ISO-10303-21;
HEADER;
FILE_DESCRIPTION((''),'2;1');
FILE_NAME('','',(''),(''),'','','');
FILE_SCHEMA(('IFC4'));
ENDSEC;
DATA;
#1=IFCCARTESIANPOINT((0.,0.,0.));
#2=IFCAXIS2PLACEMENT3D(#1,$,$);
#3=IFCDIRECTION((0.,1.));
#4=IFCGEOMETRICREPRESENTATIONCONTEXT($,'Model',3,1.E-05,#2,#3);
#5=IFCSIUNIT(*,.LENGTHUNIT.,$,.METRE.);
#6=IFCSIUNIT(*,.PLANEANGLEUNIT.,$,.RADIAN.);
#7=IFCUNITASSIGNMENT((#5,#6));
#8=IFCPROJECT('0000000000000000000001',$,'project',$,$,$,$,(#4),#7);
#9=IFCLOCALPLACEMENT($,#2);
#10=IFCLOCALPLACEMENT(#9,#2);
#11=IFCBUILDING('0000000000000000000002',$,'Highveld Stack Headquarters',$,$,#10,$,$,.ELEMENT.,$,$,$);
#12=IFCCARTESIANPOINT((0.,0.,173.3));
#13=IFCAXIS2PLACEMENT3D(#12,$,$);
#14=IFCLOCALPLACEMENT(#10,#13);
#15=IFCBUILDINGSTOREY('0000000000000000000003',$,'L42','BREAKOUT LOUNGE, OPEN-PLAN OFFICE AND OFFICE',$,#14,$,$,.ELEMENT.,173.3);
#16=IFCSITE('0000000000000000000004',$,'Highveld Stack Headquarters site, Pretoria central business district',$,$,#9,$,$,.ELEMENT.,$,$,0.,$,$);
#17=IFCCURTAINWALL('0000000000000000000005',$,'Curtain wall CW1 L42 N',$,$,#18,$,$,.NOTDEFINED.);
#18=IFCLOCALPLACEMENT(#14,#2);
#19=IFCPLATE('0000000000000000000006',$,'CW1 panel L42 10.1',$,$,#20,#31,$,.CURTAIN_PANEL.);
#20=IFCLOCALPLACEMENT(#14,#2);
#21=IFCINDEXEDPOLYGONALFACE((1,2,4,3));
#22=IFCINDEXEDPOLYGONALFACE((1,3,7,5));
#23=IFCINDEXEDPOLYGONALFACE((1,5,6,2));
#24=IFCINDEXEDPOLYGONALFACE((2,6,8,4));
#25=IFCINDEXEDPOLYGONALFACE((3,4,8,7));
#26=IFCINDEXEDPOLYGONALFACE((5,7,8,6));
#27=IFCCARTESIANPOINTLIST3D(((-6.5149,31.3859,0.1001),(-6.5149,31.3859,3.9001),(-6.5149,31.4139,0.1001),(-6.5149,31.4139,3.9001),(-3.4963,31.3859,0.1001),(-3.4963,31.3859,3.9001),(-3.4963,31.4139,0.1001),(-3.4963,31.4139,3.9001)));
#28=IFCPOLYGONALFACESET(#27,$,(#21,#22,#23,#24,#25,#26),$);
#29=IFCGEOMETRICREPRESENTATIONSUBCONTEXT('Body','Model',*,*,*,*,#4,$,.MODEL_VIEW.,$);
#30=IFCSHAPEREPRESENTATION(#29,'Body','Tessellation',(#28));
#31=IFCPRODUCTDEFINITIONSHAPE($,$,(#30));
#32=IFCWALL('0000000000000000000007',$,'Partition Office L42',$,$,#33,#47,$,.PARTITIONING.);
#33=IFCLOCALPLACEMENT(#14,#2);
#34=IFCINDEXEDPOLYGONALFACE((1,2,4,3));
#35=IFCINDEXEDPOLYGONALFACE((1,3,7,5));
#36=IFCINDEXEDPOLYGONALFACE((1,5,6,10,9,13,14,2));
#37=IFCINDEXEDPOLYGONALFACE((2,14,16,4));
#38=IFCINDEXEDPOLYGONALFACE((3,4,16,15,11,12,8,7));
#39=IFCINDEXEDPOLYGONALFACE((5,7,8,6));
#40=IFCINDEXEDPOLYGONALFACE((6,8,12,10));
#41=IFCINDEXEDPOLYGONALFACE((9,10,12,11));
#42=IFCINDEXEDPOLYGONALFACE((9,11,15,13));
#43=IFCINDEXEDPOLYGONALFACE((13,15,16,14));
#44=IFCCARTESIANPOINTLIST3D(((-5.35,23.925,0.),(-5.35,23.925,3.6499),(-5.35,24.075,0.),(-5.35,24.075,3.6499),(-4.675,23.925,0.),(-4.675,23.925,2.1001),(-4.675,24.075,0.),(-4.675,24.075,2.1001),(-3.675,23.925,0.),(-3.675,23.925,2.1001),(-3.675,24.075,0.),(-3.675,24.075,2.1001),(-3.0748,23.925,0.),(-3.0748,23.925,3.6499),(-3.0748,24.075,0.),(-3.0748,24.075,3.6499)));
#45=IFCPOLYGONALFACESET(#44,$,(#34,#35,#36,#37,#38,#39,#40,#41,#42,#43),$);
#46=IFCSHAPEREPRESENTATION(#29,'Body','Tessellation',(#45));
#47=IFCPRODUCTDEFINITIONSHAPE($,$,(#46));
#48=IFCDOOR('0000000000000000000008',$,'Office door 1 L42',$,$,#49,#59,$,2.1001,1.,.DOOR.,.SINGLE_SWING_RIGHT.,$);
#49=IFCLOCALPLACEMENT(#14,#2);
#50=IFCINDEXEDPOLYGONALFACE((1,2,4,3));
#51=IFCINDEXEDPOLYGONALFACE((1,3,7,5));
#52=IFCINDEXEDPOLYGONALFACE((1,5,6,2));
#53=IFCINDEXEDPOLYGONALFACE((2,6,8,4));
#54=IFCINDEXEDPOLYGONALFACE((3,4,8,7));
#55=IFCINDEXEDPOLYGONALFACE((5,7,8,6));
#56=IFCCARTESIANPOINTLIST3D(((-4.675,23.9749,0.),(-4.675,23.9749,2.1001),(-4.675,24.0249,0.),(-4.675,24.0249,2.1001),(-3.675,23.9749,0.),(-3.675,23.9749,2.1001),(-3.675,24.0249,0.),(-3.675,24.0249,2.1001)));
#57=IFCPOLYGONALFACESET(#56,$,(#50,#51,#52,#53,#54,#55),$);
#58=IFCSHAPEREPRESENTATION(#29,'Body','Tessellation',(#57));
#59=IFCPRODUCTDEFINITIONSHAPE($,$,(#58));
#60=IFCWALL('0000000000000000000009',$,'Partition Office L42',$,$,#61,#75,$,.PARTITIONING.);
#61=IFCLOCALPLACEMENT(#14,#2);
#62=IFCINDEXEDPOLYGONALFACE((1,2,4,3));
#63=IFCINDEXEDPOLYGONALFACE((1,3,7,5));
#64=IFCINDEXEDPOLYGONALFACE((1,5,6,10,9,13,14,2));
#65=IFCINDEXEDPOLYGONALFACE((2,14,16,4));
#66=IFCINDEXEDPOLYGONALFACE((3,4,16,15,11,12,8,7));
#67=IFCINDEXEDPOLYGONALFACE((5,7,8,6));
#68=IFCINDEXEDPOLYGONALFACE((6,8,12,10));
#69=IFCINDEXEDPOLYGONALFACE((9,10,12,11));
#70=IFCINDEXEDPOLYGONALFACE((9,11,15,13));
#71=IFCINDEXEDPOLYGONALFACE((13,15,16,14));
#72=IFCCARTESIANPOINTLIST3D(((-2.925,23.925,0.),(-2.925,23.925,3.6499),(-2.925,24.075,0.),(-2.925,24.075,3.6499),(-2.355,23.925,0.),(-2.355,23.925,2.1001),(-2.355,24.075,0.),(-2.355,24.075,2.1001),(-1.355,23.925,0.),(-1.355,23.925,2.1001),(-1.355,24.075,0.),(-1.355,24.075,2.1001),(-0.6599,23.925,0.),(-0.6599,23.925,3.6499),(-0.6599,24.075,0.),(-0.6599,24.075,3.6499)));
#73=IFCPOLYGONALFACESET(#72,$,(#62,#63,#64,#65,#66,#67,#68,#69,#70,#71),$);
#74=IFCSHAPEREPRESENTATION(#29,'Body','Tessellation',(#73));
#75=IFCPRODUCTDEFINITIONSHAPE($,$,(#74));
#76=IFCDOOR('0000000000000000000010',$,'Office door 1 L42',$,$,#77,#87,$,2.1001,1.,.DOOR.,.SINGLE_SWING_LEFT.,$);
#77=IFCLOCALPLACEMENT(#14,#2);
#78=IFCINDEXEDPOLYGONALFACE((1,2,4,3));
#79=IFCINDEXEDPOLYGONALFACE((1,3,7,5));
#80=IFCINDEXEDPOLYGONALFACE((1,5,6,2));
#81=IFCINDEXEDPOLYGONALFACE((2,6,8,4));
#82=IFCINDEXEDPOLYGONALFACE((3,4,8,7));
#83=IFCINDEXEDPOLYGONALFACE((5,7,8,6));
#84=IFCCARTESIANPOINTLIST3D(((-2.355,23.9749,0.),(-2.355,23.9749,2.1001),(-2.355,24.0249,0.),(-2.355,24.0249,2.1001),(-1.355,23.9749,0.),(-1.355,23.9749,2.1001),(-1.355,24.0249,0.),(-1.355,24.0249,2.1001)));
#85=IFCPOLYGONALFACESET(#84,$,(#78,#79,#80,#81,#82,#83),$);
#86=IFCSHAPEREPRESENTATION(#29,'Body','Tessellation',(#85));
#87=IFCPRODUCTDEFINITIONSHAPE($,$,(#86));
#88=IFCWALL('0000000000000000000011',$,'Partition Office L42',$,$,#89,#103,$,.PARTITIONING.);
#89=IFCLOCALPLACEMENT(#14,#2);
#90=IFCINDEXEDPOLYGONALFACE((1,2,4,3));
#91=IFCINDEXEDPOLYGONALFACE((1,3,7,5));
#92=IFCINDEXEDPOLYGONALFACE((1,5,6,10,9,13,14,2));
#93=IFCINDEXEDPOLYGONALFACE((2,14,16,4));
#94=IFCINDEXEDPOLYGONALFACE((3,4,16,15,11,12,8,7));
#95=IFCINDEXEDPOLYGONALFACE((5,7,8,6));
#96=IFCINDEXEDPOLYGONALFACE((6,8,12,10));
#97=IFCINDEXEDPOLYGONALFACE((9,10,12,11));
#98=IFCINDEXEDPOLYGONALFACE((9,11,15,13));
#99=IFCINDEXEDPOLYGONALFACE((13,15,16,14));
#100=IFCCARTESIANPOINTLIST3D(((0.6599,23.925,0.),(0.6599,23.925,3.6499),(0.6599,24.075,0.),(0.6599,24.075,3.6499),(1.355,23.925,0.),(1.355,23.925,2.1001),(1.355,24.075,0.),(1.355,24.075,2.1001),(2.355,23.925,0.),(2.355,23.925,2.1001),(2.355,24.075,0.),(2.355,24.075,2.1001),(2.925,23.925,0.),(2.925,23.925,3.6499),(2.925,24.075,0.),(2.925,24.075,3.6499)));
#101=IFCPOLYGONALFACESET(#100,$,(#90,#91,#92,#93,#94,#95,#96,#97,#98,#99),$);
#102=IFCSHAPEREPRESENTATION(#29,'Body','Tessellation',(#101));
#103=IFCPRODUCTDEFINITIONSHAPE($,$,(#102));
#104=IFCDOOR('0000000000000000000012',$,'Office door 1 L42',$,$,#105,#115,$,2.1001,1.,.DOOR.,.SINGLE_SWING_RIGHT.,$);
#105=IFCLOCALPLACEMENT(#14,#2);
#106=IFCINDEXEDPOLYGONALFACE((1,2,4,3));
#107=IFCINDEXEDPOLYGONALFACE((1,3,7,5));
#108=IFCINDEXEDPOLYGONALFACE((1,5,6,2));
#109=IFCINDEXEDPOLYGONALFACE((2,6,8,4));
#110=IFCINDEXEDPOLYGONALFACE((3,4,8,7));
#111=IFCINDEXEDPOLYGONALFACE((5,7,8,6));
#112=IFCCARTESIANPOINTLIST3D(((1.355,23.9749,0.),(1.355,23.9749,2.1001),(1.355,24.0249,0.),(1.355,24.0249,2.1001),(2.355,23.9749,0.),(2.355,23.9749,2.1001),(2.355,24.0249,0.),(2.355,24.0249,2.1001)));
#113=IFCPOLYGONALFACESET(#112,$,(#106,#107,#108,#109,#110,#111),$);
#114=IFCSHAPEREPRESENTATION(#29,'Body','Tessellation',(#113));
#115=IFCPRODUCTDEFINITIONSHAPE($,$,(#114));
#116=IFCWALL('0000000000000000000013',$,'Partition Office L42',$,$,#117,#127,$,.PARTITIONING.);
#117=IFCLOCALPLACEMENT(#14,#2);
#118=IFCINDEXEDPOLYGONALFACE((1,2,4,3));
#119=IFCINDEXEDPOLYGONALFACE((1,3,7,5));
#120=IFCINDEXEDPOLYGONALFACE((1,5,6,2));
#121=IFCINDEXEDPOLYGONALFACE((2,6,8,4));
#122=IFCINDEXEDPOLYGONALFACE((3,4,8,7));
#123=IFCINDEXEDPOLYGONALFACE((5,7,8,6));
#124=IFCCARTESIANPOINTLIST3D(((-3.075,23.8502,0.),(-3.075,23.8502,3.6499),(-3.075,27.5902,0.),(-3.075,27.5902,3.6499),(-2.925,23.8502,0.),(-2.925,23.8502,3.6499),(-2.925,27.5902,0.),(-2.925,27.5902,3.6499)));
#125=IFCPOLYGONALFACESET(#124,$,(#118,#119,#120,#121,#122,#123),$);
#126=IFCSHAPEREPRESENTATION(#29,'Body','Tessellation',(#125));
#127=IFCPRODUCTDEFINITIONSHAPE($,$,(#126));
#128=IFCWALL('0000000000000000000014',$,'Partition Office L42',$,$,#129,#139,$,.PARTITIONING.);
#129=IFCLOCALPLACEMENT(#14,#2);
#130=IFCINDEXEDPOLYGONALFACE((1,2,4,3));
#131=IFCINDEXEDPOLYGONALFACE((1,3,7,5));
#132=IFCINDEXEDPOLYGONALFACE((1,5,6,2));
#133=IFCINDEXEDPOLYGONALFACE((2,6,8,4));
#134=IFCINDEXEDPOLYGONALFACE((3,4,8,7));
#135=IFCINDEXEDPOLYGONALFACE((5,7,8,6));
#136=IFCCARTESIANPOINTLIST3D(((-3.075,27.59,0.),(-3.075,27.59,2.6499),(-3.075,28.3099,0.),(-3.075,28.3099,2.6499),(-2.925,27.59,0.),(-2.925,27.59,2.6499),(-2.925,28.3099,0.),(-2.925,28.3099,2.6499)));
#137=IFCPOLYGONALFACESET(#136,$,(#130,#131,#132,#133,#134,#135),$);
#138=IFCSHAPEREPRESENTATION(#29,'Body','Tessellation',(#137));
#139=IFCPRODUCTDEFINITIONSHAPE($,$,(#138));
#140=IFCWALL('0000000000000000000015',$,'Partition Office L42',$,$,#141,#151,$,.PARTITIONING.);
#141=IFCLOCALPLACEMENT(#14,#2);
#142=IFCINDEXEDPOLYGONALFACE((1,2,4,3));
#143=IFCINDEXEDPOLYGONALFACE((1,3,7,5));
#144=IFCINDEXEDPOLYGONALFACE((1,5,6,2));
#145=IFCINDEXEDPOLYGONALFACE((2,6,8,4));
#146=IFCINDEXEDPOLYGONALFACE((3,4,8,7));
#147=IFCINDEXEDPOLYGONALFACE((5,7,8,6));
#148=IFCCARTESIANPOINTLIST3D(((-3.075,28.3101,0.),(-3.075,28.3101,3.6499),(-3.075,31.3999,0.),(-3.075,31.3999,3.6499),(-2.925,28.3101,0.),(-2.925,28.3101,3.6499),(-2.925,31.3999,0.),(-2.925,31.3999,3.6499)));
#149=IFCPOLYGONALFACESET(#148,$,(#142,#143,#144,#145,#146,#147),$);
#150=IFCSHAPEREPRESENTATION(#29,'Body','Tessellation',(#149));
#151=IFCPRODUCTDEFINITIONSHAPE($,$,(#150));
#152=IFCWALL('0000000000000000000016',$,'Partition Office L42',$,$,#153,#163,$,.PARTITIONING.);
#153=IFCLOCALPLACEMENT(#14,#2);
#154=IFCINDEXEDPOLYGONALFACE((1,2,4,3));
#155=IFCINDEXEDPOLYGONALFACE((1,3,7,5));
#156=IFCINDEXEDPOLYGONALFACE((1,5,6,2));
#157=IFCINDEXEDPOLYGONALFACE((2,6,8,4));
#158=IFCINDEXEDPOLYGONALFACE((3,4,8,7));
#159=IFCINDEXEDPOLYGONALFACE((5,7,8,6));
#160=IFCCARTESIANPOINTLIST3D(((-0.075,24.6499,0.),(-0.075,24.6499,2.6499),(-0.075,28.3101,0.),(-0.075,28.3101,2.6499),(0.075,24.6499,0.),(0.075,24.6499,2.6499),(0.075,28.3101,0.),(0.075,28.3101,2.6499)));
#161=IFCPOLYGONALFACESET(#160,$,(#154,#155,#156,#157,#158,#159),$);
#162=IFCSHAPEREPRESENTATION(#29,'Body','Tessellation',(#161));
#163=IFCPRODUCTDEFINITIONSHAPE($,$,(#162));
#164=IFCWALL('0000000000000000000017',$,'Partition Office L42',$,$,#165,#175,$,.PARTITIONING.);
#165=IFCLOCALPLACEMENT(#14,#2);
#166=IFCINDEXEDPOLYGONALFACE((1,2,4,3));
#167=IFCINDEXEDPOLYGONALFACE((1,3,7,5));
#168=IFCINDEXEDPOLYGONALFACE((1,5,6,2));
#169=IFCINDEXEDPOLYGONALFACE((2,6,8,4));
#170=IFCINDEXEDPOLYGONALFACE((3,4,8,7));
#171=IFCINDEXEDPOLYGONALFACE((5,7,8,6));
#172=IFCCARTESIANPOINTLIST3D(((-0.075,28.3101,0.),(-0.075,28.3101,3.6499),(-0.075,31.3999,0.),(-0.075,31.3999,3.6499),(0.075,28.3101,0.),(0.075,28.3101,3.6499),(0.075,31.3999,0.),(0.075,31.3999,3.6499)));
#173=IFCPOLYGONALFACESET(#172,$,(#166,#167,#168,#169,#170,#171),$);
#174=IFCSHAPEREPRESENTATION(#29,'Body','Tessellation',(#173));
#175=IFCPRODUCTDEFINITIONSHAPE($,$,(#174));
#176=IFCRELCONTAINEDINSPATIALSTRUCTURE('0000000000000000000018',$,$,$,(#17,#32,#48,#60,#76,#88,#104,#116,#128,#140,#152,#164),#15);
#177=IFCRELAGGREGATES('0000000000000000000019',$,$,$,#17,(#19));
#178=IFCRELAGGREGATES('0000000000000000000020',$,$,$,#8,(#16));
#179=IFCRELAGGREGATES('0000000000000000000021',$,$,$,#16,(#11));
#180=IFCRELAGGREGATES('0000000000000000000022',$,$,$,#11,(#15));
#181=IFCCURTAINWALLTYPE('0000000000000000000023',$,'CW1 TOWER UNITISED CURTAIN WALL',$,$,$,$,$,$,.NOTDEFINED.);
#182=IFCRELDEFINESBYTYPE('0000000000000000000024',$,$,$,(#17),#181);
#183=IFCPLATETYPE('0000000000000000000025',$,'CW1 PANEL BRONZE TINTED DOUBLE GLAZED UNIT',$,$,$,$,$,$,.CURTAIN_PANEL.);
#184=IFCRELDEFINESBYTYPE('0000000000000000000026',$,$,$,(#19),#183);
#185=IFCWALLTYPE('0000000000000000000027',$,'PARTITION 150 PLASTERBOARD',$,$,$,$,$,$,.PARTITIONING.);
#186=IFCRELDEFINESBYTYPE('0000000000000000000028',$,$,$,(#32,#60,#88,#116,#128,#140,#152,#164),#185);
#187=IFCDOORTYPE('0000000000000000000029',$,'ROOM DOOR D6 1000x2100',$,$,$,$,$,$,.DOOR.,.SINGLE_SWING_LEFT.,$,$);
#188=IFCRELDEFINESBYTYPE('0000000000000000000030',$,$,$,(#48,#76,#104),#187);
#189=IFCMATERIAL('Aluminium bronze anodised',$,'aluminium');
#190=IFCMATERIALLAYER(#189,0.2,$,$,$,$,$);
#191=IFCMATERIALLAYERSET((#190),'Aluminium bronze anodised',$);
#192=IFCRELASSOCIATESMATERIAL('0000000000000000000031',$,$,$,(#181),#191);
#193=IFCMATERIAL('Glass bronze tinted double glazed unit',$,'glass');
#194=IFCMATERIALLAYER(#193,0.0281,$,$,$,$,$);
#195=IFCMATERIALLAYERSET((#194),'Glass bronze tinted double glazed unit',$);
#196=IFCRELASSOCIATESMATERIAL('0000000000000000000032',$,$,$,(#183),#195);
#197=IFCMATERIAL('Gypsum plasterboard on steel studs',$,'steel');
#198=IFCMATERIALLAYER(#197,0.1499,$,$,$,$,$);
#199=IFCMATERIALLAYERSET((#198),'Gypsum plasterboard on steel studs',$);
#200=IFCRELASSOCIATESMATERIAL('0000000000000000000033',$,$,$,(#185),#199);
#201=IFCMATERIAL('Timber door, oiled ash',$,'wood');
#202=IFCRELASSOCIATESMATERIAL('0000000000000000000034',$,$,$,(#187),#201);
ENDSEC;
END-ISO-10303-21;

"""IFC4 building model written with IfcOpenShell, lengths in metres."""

from ifc_helpers import new_model, si_unit, direction, frame, frame_2d, origin, origin_2d, place, context, subcontext, project, spatial, rectangle, extrude, material, layer, layer_set, type_object, element, fill, aggregate, save


model = new_model("IFC4")

# Units and contexts
model_context = context("Model", 3, precision=1e-05, world=origin(), true_north=direction((0.0, 1.0)))
body_context = subcontext(model_context, "Body", "Model", "MODEL_VIEW")
ifc_project = project(units=[si_unit("LENGTHUNIT", "METRE"), si_unit("PLANEANGLEUNIT", "RADIAN")], contexts=[model_context])

# Site, building, storey
site_placement = place(None, origin())
site = spatial("IfcSite", under=ifc_project, at=site_placement, Name="Highveld Stack Headquarters site, Pretoria central business district", CompositionType="ELEMENT", RefElevation=0.0)
building_placement = place(site_placement, origin())
building = spatial("IfcBuilding", under=site, at=building_placement, Name="Highveld Stack Headquarters", CompositionType="ELEMENT")
storey_placement = place(building_placement, frame((0.0, 0.0, 173.3)))
storey = spatial("IfcBuildingStorey", under=building, at=storey_placement, Name="L42", Description="BREAKOUT LOUNGE, OPEN-PLAN OFFICE AND OFFICE", CompositionType="ELEMENT", Elevation=173.3)

# Curtain wall
ifc_material_1 = material(Name="Aluminium bronze anodised", Category="aluminium")
ifc_layer_1 = layer(ifc_material_1, 0.2)
ifc_layer_set_1 = layer_set([ifc_layer_1], Name="Aluminium bronze anodised")
curtain_wall_type = type_object("IfcCurtainWallType", Name="CW1 TOWER UNITISED CURTAIN WALL", PredefinedType="NOTDEFINED", material=ifc_layer_set_1)
curtain_wall_placement = place(storey_placement, origin())
curtain_wall = element("IfcCurtainWall", 1, at=curtain_wall_placement, inside=storey, type_object=curtain_wall_type, Name="Curtain wall CW1 L42 N", PredefinedType="NOTDEFINED")

# Plate
ifc_material_2 = material(Name="Glass bronze tinted double glazed unit", Category="glass")
ifc_layer_2 = layer(ifc_material_2, 0.0281)
ifc_layer_set_2 = layer_set([ifc_layer_2], Name="Glass bronze tinted double glazed unit")
plate_type = type_object("IfcPlateType", Name="CW1 PANEL BRONZE TINTED DOUBLE GLAZED UNIT", PredefinedType="CURTAIN_PANEL", material=ifc_layer_set_2)
plate_1_placement = place(storey_placement, frame((-5.0056, 31.3999, 0.1001), z_axis=(0.0, 0.0, 1.0), x_axis=(-1.0, 0.0, 0.0)))
plate_1 = element("IfcPlate", 2, at=plate_1_placement, type_object=plate_type, Name="CW1 panel L42 10.1", PredefinedType="CURTAIN_PANEL", context=body_context, shape_type="SweptSolid", body=[
    extrude(rectangle(XDim=3.0186, YDim=0.0281, at=origin_2d()), origin(), (0.0, 0.0, 1.0), 3.8),
])
aggregate(curtain_wall, [plate_1])

# Walls, openings, doors
ifc_material_3 = material(Name="Gypsum plasterboard on steel studs", Category="steel")
ifc_layer_3 = layer(ifc_material_3, 0.1499)
ifc_layer_set_3 = layer_set([ifc_layer_3], Name="Gypsum plasterboard on steel studs")
wall_type = type_object("IfcWallType", Name="PARTITION 150 PLASTERBOARD", PredefinedType="PARTITIONING", material=ifc_layer_set_3)
wall_1_placement = place(storey_placement, frame((-5.3501, 24.0, 0.0), z_axis=(0.0, 0.0, 1.0), x_axis=(1.0, 0.0, 0.0)))
wall_1 = element("IfcWall", 3, at=wall_1_placement, inside=storey, type_object=wall_type, Name="Partition Office L42", PredefinedType="PARTITIONING", context=body_context, shape_type="SweptSolid", body=[
    extrude(rectangle(XDim=2.2751, YDim=0.1499, at=frame_2d((1.1377, 0.0))), origin(), (0.0, 0.0, 1.0), 3.6499),
])
opening_1_placement = place(wall_1_placement, frame((0.675, 0.0, 0.0)))
opening_1 = element("IfcOpeningElement", 4, at=opening_1_placement, cuts=wall_1, PredefinedType="OPENING", context=body_context, shape_type="SweptSolid", body=[
    extrude(rectangle(XDim=1.0, YDim=2.1001, at=frame_2d((0.5, 1.05))), frame((0.0, 0.085, 0.0), z_axis=(0.0, -1.0, 0.0), x_axis=(1.0, 0.0, 0.0)), (0.0, 0.0, 1.0), 0.1699),
])
ifc_material_4 = material(Name="Timber door, oiled ash", Category="wood")
door_type = type_object("IfcDoorType", Name="ROOM DOOR D6 1000x2100", OperationType="SINGLE_SWING_LEFT", PredefinedType="DOOR", material=ifc_material_4)
door_1_placement = place(opening_1_placement, origin())
door_1 = element("IfcDoor", 5, at=door_1_placement, inside=storey, type_object=door_type, Name="Office door 1 L42", OperationType="SINGLE_SWING_RIGHT", OverallHeight=2.1001, OverallWidth=1.0, PredefinedType="DOOR", context=body_context, shape_type="SweptSolid", body=[
    extrude(rectangle(XDim=1.0, YDim=2.1001, at=frame_2d((0.5, 1.05))), frame((0.0, 0.0249, 0.0), z_axis=(0.0, -1.0, 0.0), x_axis=(1.0, 0.0, 0.0)), (0.0, 0.0, 1.0), 0.05),
])
fill(opening_1, door_1)
wall_2_placement = place(storey_placement, frame((-2.925, 24.0, 0.0), z_axis=(0.0, 0.0, 1.0), x_axis=(1.0, 0.0, 0.0)))
wall_2 = element("IfcWall", 6, at=wall_2_placement, inside=storey, type_object=wall_type, Name="Partition Office L42", PredefinedType="PARTITIONING", context=body_context, shape_type="SweptSolid", body=[
    extrude(rectangle(XDim=2.2651, YDim=0.1499, at=frame_2d((1.1326, 0.0))), origin(), (0.0, 0.0, 1.0), 3.6499),
])
opening_2_placement = place(wall_2_placement, frame((0.5701, 0.0, 0.0)))
opening_2 = element("IfcOpeningElement", 7, at=opening_2_placement, cuts=wall_2, PredefinedType="OPENING", context=body_context, shape_type="SweptSolid", body=[
    extrude(rectangle(XDim=1.0, YDim=2.1001, at=frame_2d((0.5, 1.05))), frame((0.0, 0.085, 0.0), z_axis=(0.0, -1.0, 0.0), x_axis=(1.0, 0.0, 0.0)), (0.0, 0.0, 1.0), 0.1699),
])
door_2_placement = place(opening_2_placement, origin())
door_2 = element("IfcDoor", 8, at=door_2_placement, inside=storey, type_object=door_type, Name="Office door 1 L42", OperationType="SINGLE_SWING_LEFT", OverallHeight=2.1001, OverallWidth=1.0, PredefinedType="DOOR", context=body_context, shape_type="SweptSolid", body=[
    extrude(rectangle(XDim=1.0, YDim=2.1001, at=frame_2d((0.5, 1.05))), frame((0.0, 0.0249, 0.0), z_axis=(0.0, -1.0, 0.0), x_axis=(1.0, 0.0, 0.0)), (0.0, 0.0, 1.0), 0.05),
])
fill(opening_2, door_2)
wall_3_placement = place(storey_placement, frame((0.6599, 24.0, 0.0), z_axis=(0.0, 0.0, 1.0), x_axis=(1.0, 0.0, 0.0)))
wall_3 = element("IfcWall", 9, at=wall_3_placement, inside=storey, type_object=wall_type, Name="Partition Office L42", PredefinedType="PARTITIONING", context=body_context, shape_type="SweptSolid", body=[
    extrude(rectangle(XDim=2.2651, YDim=0.1499, at=frame_2d((1.1326, 0.0))), origin(), (0.0, 0.0, 1.0), 3.6499),
])
opening_3_placement = place(wall_3_placement, frame((0.6951, 0.0, 0.0)))
opening_3 = element("IfcOpeningElement", 10, at=opening_3_placement, cuts=wall_3, PredefinedType="OPENING", context=body_context, shape_type="SweptSolid", body=[
    extrude(rectangle(XDim=1.0, YDim=2.1001, at=frame_2d((0.5, 1.05))), frame((0.0, 0.085, 0.0), z_axis=(0.0, -1.0, 0.0), x_axis=(1.0, 0.0, 0.0)), (0.0, 0.0, 1.0), 0.1699),
])
door_3_placement = place(opening_3_placement, origin())
door_3 = element("IfcDoor", 11, at=door_3_placement, inside=storey, type_object=door_type, Name="Office door 1 L42", OperationType="SINGLE_SWING_RIGHT", OverallHeight=2.1001, OverallWidth=1.0, PredefinedType="DOOR", context=body_context, shape_type="SweptSolid", body=[
    extrude(rectangle(XDim=1.0, YDim=2.1001, at=frame_2d((0.5, 1.05))), frame((0.0, 0.0249, 0.0), z_axis=(0.0, -1.0, 0.0), x_axis=(1.0, 0.0, 0.0)), (0.0, 0.0, 1.0), 0.05),
])
fill(opening_3, door_3)

# Walls
wall_4_placement = place(storey_placement, frame((-3.0, 23.8501, 0.0), z_axis=(0.0, 0.0, 1.0), x_axis=(0.0, 1.0, 0.0)))
element("IfcWall", 12, at=wall_4_placement, inside=storey, type_object=wall_type, Name="Partition Office L42", PredefinedType="PARTITIONING", context=body_context, shape_type="SweptSolid", body=[
    extrude(rectangle(XDim=3.74, YDim=0.1499, at=frame_2d((1.8701, 0.0))), origin(), (0.0, 0.0, 1.0), 3.6499),
])
wall_5_placement = place(storey_placement, frame((-3.0, 27.5901, 0.0), z_axis=(0.0, 0.0, 1.0), x_axis=(0.0, 1.0, 0.0)))
element("IfcWall", 13, at=wall_5_placement, inside=storey, type_object=wall_type, Name="Partition Office L42", PredefinedType="PARTITIONING", context=body_context, shape_type="SweptSolid", body=[
    extrude(rectangle(XDim=0.72, YDim=0.1499, at=frame_2d((0.3599, 0.0))), origin(), (0.0, 0.0, 1.0), 2.6499),
])
wall_6_placement = place(storey_placement, frame((-3.0, 28.3101, 0.0), z_axis=(0.0, 0.0, 1.0), x_axis=(0.0, 1.0, 0.0)))
element("IfcWall", 14, at=wall_6_placement, inside=storey, type_object=wall_type, Name="Partition Office L42", PredefinedType="PARTITIONING", context=body_context, shape_type="SweptSolid", body=[
    extrude(rectangle(XDim=3.0898, YDim=0.1499, at=frame_2d((1.5449, 0.0))), origin(), (0.0, 0.0, 1.0), 3.6499),
])
wall_7_placement = place(storey_placement, frame((0.0, 24.6499, 0.0), z_axis=(0.0, 0.0, 1.0), x_axis=(0.0, 1.0, 0.0)))
element("IfcWall", 15, at=wall_7_placement, inside=storey, type_object=wall_type, Name="Partition Office L42", PredefinedType="PARTITIONING", context=body_context, shape_type="SweptSolid", body=[
    extrude(rectangle(XDim=3.6602, YDim=0.1499, at=frame_2d((1.8301, 0.0))), origin(), (0.0, 0.0, 1.0), 2.6499),
])
wall_8_placement = place(storey_placement, frame((0.0, 28.3101, 0.0), z_axis=(0.0, 0.0, 1.0), x_axis=(0.0, 1.0, 0.0)))
element("IfcWall", 16, at=wall_8_placement, inside=storey, type_object=wall_type, Name="Partition Office L42", PredefinedType="PARTITIONING", context=body_context, shape_type="SweptSolid", body=[
    extrude(rectangle(XDim=3.0898, YDim=0.1499, at=frame_2d((1.5449, 0.0))), origin(), (0.0, 0.0, 1.0), 3.6499),
])

save(model, "model.ifc")
